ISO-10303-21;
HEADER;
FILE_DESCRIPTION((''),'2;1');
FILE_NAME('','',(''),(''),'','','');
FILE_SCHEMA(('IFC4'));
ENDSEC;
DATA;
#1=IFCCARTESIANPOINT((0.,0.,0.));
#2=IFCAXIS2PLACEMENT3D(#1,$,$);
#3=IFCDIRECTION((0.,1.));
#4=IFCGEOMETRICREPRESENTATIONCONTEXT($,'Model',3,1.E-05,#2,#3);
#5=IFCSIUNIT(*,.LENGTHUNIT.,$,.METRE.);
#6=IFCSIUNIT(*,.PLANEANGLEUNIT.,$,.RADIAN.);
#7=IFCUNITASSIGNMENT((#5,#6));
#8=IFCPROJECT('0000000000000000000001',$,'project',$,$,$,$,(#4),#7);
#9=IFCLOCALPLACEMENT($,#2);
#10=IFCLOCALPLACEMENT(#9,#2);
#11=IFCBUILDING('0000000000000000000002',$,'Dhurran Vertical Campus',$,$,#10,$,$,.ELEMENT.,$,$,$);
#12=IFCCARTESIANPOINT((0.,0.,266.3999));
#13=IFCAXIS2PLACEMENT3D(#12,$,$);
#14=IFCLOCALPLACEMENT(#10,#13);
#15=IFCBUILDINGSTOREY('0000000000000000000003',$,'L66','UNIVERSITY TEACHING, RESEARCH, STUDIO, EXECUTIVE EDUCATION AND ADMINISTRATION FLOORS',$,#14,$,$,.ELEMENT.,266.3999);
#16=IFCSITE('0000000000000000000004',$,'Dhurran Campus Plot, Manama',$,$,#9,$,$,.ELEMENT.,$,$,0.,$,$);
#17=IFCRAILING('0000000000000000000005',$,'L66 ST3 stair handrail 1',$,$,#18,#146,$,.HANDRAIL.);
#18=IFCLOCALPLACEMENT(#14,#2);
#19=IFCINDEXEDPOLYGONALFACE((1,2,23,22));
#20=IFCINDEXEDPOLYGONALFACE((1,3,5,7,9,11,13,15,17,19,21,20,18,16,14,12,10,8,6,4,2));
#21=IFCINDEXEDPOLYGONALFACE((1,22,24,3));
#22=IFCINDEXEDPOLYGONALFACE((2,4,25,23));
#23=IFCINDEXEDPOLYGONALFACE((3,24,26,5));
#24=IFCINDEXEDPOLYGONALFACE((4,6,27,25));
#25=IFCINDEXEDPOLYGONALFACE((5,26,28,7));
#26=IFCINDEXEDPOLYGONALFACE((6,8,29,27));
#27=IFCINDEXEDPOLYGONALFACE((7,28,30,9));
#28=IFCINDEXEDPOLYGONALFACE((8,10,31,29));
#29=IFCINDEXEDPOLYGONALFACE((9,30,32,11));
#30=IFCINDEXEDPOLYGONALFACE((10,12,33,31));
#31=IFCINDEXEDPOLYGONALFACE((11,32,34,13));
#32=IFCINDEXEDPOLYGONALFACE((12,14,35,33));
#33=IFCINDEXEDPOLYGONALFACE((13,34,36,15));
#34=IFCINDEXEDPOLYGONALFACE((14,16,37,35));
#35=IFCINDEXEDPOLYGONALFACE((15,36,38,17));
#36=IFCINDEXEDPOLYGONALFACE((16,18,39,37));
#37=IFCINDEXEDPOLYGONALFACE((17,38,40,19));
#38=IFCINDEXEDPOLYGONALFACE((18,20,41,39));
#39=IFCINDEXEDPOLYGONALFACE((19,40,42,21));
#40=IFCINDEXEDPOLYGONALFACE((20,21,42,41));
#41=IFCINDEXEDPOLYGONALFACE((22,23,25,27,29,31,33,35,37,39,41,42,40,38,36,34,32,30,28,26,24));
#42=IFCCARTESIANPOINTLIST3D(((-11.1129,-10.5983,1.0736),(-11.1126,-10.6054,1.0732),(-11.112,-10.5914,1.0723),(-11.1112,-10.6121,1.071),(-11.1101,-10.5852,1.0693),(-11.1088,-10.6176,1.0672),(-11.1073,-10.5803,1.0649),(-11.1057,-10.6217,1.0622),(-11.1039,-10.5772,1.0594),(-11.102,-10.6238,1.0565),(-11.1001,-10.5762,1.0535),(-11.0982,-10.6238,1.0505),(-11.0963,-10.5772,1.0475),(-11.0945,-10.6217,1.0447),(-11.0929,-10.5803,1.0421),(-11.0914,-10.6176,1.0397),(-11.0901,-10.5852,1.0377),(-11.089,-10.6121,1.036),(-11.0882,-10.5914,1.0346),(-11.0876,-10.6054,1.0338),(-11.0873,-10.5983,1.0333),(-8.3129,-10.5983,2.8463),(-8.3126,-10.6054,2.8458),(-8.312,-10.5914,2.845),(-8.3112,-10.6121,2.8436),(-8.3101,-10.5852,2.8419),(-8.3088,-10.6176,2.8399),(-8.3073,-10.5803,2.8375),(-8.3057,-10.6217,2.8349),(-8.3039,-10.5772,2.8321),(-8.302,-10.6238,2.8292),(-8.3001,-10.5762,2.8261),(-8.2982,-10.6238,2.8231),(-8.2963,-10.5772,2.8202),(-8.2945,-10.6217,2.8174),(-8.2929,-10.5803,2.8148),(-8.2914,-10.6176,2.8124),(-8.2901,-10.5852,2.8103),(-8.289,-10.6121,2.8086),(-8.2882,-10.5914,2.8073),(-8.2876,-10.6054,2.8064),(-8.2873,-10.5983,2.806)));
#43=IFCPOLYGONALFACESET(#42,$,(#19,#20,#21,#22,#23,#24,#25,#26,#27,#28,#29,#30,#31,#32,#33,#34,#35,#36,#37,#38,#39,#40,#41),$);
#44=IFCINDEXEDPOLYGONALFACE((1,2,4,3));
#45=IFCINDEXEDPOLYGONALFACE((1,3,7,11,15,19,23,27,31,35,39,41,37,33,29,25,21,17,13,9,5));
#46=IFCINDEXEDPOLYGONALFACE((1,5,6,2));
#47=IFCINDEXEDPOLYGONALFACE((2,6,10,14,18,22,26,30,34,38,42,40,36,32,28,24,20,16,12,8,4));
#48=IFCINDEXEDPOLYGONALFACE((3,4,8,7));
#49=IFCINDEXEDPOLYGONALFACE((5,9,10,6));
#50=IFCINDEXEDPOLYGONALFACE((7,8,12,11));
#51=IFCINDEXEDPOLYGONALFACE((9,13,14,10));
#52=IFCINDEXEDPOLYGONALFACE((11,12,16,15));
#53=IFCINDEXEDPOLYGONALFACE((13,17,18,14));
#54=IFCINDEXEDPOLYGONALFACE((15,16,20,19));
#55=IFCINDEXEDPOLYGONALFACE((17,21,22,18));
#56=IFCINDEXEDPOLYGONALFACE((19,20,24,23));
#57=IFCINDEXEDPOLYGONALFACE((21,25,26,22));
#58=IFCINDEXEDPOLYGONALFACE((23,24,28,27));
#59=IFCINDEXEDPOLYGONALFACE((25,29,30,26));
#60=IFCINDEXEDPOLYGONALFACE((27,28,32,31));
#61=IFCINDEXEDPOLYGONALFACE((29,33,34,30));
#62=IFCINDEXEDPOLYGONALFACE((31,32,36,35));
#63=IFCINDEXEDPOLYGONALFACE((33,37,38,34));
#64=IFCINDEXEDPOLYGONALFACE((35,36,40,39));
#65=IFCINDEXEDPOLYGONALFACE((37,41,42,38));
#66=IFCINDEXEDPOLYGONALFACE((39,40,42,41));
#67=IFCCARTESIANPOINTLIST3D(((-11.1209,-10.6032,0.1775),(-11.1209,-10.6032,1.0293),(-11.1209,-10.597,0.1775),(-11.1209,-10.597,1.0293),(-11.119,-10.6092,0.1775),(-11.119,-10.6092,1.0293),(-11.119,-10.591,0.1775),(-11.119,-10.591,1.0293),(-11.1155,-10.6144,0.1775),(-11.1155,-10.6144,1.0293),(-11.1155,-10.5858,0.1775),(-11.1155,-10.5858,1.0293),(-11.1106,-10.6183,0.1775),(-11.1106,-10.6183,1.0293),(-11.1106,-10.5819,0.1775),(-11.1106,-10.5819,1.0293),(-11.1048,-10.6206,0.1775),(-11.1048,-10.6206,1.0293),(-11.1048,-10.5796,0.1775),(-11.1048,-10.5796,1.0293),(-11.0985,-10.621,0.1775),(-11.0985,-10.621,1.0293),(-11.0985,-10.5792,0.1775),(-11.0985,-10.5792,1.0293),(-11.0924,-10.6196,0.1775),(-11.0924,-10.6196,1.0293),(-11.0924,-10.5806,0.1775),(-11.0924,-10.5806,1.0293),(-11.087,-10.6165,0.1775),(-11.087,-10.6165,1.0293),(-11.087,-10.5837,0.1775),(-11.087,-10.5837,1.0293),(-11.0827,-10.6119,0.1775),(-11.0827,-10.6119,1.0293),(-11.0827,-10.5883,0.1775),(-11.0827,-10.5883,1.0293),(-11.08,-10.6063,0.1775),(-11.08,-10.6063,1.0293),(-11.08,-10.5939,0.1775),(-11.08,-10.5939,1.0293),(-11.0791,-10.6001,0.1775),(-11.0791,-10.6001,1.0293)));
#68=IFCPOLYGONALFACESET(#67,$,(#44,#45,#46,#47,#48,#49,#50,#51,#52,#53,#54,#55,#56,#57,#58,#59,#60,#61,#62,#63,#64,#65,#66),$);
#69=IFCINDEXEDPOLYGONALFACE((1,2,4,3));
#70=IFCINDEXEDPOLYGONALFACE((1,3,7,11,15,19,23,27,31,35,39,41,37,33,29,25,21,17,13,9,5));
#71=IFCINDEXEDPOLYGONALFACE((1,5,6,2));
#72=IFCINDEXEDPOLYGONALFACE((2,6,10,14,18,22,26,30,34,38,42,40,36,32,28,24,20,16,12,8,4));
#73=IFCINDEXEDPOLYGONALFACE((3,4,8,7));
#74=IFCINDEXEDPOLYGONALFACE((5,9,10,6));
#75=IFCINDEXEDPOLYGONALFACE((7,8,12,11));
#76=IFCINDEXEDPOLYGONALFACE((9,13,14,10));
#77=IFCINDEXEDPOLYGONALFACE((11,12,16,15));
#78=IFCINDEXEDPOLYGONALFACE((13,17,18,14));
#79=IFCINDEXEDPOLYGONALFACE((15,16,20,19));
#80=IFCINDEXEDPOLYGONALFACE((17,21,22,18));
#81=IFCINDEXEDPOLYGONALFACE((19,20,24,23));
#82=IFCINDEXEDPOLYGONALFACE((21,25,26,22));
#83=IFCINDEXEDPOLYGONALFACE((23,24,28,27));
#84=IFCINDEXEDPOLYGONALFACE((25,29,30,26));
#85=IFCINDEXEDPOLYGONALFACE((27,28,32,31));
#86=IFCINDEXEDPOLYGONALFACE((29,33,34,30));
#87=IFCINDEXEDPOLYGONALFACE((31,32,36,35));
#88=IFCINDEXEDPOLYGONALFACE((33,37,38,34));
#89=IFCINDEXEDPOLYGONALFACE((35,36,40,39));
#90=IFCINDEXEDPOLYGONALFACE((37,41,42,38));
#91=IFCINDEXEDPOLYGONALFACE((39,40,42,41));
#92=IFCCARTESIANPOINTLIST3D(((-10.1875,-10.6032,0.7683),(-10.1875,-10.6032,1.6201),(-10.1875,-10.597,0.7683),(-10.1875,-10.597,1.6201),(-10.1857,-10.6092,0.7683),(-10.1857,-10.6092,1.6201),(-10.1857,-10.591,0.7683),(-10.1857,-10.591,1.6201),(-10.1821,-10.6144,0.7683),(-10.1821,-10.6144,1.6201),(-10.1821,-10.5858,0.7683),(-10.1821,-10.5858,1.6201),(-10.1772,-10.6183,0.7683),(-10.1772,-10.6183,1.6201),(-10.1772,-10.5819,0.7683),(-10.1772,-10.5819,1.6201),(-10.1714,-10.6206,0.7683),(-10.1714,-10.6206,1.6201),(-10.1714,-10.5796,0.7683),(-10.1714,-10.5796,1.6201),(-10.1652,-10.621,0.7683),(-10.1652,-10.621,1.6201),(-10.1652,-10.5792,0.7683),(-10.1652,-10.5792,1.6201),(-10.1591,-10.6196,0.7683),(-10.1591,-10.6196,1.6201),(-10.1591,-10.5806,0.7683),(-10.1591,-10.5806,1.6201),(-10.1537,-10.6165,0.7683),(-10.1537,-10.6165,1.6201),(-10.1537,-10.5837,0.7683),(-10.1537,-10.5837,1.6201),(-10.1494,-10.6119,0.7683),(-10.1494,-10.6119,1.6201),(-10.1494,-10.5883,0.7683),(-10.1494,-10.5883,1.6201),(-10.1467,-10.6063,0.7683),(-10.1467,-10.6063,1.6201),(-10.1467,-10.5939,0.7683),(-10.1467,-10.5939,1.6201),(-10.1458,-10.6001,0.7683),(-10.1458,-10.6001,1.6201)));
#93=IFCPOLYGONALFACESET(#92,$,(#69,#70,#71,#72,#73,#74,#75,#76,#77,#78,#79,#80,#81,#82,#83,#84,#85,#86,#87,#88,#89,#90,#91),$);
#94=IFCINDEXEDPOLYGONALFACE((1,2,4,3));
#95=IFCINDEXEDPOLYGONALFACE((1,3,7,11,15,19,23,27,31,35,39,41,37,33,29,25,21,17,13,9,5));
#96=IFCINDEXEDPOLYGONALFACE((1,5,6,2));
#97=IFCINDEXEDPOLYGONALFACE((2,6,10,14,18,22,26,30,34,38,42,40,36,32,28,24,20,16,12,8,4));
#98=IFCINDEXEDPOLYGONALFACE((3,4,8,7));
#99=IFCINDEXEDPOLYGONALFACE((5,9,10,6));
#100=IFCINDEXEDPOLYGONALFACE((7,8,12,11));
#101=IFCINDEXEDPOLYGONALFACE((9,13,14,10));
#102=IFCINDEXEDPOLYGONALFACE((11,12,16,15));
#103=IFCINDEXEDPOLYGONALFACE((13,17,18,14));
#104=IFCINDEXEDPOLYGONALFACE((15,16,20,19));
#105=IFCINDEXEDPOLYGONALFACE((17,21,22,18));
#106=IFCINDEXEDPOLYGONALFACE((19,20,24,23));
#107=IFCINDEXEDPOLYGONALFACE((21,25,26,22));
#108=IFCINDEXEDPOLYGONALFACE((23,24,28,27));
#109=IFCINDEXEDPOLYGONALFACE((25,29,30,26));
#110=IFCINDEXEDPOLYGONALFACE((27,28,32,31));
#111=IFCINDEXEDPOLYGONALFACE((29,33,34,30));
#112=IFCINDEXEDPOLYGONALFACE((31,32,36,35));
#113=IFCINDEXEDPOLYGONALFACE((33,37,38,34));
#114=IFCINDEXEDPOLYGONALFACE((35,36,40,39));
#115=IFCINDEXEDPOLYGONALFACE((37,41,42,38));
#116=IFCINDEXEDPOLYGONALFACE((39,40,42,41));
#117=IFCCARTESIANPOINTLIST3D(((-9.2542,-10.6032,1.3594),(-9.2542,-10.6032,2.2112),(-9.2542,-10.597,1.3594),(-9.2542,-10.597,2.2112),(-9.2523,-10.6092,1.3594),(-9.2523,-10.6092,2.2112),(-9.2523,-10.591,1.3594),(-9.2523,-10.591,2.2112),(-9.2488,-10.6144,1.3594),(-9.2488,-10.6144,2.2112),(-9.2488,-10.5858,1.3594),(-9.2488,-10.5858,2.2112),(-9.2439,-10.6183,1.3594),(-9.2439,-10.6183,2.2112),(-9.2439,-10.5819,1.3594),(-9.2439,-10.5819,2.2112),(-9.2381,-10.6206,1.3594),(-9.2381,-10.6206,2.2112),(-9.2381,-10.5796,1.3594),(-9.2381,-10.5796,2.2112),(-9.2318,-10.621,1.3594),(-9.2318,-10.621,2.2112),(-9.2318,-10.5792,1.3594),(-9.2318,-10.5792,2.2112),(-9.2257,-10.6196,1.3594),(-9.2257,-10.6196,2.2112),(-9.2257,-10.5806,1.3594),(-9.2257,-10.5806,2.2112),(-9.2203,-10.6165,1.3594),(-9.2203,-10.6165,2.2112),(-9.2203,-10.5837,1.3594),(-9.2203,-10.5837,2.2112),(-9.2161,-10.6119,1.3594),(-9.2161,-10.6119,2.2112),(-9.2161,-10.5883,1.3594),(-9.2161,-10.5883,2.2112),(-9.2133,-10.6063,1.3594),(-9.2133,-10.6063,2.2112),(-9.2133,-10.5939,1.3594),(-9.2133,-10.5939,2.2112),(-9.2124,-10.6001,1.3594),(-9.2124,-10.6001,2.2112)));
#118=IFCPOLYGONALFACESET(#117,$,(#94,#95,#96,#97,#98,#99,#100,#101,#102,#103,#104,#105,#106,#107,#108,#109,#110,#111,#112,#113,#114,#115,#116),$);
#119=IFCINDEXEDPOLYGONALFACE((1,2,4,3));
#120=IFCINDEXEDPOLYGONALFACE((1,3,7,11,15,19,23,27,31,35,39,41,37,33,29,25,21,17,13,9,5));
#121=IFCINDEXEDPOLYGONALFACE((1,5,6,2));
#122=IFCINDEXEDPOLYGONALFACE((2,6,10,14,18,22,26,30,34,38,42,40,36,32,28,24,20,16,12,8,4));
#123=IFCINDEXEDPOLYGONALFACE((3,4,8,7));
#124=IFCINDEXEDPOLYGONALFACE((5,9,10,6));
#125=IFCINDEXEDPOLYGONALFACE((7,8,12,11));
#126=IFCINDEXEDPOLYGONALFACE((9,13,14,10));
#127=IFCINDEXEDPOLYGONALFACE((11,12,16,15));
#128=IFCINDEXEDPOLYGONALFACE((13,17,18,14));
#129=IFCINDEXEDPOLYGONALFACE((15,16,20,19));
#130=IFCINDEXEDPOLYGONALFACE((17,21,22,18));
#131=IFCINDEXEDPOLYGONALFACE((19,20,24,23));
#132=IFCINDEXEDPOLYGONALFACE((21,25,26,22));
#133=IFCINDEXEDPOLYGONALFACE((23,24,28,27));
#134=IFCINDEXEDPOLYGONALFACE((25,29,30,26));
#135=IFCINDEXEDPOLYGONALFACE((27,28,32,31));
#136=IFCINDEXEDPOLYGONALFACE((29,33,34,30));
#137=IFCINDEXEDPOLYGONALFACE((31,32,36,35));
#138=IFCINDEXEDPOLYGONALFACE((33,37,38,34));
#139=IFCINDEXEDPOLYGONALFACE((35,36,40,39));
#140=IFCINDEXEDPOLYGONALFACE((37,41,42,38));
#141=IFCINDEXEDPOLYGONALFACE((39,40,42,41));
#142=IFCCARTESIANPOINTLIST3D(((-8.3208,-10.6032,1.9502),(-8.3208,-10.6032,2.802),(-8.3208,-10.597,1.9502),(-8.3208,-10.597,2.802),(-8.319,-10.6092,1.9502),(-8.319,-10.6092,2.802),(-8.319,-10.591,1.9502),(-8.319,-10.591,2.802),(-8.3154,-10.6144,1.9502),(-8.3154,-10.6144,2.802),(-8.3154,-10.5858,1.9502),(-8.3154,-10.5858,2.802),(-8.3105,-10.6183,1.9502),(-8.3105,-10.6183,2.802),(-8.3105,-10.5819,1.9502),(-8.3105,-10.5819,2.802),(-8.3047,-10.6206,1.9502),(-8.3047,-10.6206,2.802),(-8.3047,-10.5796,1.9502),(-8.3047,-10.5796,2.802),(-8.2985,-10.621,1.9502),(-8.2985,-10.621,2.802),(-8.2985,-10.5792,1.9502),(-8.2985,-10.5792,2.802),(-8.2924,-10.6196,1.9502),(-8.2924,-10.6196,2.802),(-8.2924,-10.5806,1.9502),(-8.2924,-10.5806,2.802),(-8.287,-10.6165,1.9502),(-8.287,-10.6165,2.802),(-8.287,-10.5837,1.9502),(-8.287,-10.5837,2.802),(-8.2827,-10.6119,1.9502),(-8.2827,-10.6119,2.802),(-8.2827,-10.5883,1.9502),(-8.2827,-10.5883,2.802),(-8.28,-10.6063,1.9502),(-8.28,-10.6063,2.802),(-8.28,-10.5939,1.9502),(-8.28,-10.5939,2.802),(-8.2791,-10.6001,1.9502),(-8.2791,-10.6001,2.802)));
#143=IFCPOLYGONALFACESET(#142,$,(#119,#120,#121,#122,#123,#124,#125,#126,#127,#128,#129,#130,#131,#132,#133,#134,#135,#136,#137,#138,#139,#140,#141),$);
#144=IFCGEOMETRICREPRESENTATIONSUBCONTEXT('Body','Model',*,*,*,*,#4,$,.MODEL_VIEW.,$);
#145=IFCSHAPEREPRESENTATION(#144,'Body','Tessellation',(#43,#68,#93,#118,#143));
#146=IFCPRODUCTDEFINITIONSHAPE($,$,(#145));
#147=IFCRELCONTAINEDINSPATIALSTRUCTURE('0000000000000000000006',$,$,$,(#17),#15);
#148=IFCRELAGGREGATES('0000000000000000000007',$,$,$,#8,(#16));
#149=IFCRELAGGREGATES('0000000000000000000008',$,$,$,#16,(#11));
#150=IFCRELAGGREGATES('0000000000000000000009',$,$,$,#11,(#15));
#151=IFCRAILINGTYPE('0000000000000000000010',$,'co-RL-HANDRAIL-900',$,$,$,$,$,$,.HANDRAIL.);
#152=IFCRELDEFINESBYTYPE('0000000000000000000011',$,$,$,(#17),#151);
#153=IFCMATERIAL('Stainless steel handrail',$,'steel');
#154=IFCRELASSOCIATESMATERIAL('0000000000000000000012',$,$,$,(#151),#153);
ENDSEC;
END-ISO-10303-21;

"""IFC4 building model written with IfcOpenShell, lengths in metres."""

from ifc_helpers import new_model, si_unit, direction, frame, origin, origin_2d, place, context, subcontext, project, spatial, circle, extrude, material, type_object, element, save


model = new_model("IFC4")

# Units and contexts
model_context = context("Model", 3, precision=1e-05, world=origin(), true_north=direction((0.0, 1.0)))
body_context = subcontext(model_context, "Body", "Model", "MODEL_VIEW")
ifc_project = project(units=[si_unit("LENGTHUNIT", "METRE"), si_unit("PLANEANGLEUNIT", "RADIAN")], contexts=[model_context])

# Site, building, storey
site_placement = place(None, origin())
site = spatial("IfcSite", under=ifc_project, at=site_placement, Name="Dhurran Campus Plot, Manama", CompositionType="ELEMENT", RefElevation=0.0)
building_placement = place(site_placement, origin())
building = spatial("IfcBuilding", under=site, at=building_placement, Name="Dhurran Vertical Campus", CompositionType="ELEMENT")
storey_placement = place(building_placement, frame((0.0, 0.0, 266.3999)))
storey = spatial("IfcBuildingStorey", under=building, at=storey_placement, Name="L66", Description="UNIVERSITY TEACHING, RESEARCH, STUDIO, EXECUTIVE EDUCATION AND ADMINISTRATION FLOORS", CompositionType="ELEMENT", Elevation=266.3999)

# Railing
ifc_material_1 = material(Name="Stainless steel handrail", Category="steel")
railing_type_1 = type_object("IfcRailingType", Name="co-RL-HANDRAIL-900", PredefinedType="HANDRAIL", material=ifc_material_1)
railing_1_placement = place(storey_placement, frame((-11.1001, -10.6001, 0.1775)))
element("IfcRailing", 1, at=railing_1_placement, inside=storey, type_object=railing_type_1, Name="L66 ST3 stair handrail 1", PredefinedType="HANDRAIL", context=body_context, shape_type="SweptSolid", body=[
    extrude(circle(Radius=0.0239, at=origin_2d()), frame((0.0, 0.0, 0.876), z_axis=(0.844909, 0.0, 0.53491), x_axis=(0.0, 1.0, 0.0)), (0.0, 0.0, 1.0), 3.314),
    extrude(circle(Radius=0.021, at=origin_2d()), origin(), (0.0, 0.0, 1.0), 0.8518),
    extrude(circle(Radius=0.021, at=origin_2d()), frame((0.9333, 0.0, 0.5908)), (0.0, 0.0, 1.0), 0.8518),
    extrude(circle(Radius=0.021, at=origin_2d()), frame((1.8667, 0.0, 1.1819)), (0.0, 0.0, 1.0), 0.8518),
    extrude(circle(Radius=0.021, at=origin_2d()), frame((2.8, 0.0, 1.7727)), (0.0, 0.0, 1.0), 0.8518),
])

save(model, "model.ifc")
